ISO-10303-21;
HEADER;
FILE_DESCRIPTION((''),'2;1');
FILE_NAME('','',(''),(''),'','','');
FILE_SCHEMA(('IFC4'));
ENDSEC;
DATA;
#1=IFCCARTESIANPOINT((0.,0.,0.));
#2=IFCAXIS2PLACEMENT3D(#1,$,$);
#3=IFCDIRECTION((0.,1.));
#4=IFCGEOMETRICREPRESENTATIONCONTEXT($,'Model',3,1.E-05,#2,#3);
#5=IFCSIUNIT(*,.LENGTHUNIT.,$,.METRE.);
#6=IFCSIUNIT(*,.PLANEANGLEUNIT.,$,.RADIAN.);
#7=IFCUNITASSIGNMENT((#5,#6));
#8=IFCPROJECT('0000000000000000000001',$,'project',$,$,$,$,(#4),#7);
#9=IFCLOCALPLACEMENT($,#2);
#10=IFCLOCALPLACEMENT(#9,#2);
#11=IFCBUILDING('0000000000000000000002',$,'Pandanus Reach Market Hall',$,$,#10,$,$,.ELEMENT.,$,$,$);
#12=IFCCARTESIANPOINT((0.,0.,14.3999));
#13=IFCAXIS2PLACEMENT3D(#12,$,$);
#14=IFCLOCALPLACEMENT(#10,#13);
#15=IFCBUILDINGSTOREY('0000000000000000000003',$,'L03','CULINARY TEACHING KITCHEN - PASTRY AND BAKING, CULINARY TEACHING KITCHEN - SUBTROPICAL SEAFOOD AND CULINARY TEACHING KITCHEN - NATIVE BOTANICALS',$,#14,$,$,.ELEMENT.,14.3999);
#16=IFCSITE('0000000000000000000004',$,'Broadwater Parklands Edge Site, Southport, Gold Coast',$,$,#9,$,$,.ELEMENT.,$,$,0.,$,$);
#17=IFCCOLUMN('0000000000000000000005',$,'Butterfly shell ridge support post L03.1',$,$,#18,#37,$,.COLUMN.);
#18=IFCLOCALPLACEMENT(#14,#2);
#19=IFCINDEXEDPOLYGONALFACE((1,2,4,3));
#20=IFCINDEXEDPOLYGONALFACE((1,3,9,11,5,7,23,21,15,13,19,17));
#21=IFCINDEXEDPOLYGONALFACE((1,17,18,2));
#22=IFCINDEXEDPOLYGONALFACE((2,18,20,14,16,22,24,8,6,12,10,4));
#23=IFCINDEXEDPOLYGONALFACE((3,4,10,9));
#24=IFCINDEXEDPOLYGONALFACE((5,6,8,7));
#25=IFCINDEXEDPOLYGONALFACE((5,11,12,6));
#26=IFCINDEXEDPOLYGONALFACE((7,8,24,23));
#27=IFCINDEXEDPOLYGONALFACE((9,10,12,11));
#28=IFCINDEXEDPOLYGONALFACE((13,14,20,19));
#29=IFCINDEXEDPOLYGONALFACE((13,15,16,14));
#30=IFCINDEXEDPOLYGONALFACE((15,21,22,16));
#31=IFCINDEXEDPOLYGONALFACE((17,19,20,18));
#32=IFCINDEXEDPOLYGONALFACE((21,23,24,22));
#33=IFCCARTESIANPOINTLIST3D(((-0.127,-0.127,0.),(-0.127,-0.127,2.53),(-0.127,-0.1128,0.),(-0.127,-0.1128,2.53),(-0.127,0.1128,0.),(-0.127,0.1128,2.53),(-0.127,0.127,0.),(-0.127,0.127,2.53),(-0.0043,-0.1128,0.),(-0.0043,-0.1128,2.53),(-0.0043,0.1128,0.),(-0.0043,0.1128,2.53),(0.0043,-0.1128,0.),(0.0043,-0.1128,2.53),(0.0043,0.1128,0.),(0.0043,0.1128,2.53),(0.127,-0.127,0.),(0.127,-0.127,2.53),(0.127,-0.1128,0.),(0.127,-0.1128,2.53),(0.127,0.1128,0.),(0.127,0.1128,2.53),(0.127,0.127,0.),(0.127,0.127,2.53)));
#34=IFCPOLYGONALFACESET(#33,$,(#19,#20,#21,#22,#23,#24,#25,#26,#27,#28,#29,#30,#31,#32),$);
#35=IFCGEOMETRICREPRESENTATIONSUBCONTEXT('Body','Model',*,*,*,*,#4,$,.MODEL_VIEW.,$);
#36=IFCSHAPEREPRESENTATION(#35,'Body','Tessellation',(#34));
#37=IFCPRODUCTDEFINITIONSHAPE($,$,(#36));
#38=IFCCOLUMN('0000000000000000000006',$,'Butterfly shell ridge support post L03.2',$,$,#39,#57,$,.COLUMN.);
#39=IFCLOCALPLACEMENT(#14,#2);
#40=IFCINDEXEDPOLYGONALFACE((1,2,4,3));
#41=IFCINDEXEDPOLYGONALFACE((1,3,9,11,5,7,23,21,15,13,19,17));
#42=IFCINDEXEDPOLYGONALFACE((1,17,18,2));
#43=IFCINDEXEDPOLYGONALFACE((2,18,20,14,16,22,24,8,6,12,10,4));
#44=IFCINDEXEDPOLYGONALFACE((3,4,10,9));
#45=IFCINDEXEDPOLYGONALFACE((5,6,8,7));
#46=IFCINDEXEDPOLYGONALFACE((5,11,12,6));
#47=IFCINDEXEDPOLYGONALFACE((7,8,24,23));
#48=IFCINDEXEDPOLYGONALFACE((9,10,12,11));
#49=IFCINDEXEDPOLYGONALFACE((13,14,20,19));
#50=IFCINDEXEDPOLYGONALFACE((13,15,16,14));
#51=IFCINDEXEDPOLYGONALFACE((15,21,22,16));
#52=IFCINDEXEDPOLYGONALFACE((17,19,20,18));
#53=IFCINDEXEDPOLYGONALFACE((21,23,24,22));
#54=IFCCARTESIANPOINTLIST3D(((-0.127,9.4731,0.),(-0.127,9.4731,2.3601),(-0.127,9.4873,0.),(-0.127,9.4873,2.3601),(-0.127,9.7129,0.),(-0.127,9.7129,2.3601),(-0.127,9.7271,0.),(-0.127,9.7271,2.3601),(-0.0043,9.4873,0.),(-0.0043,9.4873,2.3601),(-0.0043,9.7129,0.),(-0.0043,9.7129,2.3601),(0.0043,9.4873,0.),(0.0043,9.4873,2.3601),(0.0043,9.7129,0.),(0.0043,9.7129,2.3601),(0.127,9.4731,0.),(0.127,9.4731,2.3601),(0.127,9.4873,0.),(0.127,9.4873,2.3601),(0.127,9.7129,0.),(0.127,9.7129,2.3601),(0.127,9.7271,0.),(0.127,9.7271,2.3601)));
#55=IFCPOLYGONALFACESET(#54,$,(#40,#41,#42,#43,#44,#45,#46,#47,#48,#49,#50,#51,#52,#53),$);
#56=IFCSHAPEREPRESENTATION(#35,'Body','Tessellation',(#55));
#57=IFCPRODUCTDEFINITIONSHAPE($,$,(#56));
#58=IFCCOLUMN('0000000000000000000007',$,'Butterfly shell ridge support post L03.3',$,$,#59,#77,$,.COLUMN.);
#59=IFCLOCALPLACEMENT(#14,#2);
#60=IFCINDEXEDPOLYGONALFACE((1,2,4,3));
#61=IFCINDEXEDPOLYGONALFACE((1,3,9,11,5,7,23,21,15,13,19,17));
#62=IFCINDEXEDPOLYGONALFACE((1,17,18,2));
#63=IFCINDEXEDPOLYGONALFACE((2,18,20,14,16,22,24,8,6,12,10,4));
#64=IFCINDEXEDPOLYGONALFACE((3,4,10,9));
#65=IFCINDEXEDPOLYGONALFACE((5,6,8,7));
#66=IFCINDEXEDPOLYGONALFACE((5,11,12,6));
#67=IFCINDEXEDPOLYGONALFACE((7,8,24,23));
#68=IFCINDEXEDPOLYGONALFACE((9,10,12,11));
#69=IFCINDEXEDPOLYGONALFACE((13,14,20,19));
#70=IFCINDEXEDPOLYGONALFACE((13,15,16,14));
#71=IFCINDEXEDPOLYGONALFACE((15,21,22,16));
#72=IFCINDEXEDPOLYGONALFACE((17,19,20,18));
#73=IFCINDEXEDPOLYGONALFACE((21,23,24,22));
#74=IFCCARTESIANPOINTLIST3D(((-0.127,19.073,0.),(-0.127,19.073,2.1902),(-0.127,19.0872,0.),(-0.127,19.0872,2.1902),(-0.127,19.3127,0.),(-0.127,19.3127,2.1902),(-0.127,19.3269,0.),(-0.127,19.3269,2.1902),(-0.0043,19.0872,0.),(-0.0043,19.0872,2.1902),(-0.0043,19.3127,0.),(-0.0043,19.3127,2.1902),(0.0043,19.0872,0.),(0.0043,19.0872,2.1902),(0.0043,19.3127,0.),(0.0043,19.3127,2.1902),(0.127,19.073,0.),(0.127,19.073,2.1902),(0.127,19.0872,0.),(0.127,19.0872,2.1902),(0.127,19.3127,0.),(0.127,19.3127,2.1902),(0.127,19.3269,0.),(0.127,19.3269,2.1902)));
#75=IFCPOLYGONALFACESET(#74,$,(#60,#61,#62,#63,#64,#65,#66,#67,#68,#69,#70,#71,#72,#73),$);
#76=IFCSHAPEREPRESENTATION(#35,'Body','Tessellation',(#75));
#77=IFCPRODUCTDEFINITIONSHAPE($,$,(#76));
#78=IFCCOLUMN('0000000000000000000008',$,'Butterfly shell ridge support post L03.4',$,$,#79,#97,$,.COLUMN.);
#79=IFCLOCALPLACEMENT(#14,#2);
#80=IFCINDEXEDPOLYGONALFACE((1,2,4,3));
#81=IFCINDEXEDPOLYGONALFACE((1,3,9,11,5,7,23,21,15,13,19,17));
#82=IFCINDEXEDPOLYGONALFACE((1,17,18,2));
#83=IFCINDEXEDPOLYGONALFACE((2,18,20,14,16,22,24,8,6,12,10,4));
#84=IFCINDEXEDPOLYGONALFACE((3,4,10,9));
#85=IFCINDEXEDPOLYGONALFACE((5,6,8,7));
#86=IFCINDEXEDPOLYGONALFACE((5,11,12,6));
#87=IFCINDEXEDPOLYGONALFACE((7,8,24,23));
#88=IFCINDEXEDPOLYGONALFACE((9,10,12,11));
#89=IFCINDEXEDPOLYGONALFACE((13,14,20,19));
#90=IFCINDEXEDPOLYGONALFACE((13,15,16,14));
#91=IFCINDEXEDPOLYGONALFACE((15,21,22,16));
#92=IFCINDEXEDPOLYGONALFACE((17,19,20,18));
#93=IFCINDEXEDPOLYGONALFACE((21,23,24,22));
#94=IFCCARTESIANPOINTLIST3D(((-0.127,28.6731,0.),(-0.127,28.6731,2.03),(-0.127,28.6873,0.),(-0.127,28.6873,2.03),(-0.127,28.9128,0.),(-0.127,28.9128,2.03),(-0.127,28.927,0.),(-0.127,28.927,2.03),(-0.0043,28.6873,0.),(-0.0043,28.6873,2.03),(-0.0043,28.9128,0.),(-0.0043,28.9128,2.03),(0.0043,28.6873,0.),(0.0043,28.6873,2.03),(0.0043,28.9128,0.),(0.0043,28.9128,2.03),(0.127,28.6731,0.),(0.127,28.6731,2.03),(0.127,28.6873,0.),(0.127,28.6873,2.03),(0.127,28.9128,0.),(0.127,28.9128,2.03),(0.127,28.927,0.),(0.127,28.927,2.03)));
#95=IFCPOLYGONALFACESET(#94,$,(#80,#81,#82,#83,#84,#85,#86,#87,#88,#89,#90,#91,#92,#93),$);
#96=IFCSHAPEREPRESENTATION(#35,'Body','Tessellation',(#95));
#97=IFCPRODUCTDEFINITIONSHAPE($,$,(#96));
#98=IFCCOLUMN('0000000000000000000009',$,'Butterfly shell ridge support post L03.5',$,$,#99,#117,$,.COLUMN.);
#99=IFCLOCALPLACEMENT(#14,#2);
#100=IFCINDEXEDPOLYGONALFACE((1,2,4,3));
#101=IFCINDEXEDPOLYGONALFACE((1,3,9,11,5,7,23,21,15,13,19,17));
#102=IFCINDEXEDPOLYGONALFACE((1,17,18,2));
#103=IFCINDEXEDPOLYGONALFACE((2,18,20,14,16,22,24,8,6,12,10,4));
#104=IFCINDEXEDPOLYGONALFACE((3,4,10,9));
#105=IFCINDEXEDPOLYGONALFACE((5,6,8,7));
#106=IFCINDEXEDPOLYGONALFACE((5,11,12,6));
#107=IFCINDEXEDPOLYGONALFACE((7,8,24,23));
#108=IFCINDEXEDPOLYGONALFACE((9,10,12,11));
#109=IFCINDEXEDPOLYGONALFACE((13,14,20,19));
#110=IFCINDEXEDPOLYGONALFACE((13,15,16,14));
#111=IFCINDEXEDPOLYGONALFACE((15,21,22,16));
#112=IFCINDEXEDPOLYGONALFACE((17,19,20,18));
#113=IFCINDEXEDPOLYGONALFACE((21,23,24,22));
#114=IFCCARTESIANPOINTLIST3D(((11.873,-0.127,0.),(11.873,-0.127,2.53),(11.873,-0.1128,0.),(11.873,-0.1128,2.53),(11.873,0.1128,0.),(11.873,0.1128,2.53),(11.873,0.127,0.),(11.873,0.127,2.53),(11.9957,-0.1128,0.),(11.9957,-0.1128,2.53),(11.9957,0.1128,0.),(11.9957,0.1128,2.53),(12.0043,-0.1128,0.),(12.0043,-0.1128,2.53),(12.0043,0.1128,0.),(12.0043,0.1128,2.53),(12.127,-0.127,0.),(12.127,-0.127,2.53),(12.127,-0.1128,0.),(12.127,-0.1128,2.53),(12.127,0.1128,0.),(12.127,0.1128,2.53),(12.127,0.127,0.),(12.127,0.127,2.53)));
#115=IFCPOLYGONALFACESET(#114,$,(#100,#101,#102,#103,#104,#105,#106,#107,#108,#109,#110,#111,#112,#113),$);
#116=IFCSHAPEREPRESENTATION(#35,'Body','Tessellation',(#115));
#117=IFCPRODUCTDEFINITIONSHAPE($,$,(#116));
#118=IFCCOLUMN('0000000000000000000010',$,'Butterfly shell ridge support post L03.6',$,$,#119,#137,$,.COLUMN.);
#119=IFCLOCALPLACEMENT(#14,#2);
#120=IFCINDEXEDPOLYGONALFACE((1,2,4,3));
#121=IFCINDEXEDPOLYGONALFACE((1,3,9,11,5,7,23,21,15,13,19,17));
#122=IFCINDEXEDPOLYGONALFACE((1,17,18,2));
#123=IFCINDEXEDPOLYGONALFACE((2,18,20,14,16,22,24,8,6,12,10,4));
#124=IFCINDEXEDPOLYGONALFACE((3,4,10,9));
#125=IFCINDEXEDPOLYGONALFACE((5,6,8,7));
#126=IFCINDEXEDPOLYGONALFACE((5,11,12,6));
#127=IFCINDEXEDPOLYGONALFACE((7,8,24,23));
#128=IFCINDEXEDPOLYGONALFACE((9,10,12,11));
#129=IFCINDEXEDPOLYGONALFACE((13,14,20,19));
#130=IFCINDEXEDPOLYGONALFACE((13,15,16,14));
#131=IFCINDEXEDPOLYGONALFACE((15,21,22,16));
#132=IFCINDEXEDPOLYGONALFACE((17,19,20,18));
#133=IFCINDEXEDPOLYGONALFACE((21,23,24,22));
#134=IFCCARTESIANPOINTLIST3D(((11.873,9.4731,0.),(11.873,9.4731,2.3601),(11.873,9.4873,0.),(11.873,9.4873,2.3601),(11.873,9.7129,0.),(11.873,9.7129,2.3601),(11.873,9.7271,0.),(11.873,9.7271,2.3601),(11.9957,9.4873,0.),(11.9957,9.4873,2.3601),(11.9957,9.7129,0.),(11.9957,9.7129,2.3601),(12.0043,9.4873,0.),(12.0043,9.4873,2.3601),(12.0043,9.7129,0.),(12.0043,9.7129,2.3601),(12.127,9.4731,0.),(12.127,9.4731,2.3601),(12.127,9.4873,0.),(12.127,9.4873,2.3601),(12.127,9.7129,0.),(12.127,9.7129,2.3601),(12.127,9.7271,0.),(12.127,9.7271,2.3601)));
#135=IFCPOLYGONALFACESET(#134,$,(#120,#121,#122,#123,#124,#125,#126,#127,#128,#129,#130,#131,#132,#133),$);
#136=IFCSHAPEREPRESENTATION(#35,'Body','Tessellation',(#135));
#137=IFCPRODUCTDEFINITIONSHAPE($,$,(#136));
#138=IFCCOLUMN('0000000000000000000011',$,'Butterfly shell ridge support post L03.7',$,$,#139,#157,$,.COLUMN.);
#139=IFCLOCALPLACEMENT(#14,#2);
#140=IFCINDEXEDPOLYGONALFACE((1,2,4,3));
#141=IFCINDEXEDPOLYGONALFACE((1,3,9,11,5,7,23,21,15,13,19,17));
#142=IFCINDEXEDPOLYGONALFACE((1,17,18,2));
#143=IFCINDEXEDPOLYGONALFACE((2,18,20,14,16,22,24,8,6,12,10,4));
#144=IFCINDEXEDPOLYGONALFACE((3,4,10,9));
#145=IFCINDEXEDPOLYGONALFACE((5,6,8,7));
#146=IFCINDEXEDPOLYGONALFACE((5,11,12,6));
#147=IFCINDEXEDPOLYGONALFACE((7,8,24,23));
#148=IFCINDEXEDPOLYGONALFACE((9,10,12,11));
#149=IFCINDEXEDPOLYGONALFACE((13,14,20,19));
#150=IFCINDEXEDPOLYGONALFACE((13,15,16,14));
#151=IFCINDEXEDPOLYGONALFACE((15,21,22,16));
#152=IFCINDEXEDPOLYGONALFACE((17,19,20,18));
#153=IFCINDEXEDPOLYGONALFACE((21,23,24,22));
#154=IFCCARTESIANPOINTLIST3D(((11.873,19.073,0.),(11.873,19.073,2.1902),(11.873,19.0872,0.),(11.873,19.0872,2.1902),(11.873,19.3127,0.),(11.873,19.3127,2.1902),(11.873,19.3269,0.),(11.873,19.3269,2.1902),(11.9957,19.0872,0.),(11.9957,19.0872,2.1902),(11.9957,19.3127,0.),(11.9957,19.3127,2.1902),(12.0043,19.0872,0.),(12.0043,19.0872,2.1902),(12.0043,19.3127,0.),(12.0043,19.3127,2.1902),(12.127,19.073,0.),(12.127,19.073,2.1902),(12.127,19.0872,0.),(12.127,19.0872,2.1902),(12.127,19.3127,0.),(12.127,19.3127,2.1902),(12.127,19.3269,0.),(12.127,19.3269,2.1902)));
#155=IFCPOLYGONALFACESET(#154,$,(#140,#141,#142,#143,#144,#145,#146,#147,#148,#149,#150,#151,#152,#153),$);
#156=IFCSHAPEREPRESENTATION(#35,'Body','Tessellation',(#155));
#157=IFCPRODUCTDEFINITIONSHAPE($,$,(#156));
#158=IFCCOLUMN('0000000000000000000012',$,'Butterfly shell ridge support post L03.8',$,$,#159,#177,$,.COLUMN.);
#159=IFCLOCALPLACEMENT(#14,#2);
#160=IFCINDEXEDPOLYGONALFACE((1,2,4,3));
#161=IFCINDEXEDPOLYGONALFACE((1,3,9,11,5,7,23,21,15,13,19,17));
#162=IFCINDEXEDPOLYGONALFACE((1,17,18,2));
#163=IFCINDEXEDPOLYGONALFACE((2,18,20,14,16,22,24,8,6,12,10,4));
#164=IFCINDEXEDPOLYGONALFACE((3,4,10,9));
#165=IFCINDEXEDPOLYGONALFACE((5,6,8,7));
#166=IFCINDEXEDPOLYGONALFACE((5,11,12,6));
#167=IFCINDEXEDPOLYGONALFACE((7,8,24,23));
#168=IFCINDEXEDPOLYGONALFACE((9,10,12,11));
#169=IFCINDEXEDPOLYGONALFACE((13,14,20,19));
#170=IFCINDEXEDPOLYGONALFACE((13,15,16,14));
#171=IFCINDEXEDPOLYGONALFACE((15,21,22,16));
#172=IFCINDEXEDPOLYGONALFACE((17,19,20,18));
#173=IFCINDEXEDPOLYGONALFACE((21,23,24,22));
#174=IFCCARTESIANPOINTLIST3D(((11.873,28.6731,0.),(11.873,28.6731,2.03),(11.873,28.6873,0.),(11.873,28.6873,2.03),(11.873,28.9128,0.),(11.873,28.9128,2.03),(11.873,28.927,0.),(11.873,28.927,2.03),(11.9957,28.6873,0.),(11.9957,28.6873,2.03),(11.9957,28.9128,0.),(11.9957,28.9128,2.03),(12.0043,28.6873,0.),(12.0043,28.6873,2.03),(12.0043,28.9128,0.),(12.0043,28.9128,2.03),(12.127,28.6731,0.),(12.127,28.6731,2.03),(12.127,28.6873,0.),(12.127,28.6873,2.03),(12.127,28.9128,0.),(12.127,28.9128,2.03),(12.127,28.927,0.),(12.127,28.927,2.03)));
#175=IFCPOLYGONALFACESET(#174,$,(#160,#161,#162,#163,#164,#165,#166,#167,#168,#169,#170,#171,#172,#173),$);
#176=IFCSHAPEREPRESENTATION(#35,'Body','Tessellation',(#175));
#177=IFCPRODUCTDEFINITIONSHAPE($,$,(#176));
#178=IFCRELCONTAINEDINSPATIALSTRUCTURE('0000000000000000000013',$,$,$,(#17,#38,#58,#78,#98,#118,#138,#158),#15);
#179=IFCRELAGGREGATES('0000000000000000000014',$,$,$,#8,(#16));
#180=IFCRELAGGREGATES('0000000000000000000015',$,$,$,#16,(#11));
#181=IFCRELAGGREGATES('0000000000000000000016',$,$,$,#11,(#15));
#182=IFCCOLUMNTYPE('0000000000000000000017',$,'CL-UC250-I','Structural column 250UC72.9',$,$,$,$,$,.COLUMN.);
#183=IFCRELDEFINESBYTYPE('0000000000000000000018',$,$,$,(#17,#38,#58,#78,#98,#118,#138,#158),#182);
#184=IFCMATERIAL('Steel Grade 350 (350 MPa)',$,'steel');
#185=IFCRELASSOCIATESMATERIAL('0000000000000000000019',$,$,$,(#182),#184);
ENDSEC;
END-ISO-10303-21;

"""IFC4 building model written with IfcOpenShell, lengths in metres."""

from ifc_helpers import new_model, si_unit, direction, frame, origin, origin_with_axes, origin_2d, place, context, subcontext, project, spatial, i_section, extrude, material, material_profile, profile_set, type_object, element, save


model = new_model("IFC4")

# Units and contexts
model_context = context("Model", 3, precision=1e-05, world=origin(), true_north=direction((0.0, 1.0)))
body_context = subcontext(model_context, "Body", "Model", "MODEL_VIEW")
ifc_project = project(units=[si_unit("LENGTHUNIT", "METRE"), si_unit("PLANEANGLEUNIT", "RADIAN")], contexts=[model_context])

# Site, building, storey
site_placement = place(None, origin())
site = spatial("IfcSite", under=ifc_project, at=site_placement, Name="Broadwater Parklands Edge Site, Southport, Gold Coast", CompositionType="ELEMENT", RefElevation=0.0)
building_placement = place(site_placement, origin())
building = spatial("IfcBuilding", under=site, at=building_placement, Name="Pandanus Reach Market Hall", CompositionType="ELEMENT")
storey_placement = place(building_placement, frame((0.0, 0.0, 14.3999)))
storey = spatial("IfcBuildingStorey", under=building, at=storey_placement, Name="L03", Description="CULINARY TEACHING KITCHEN - PASTRY AND BAKING, CULINARY TEACHING KITCHEN - SUBTROPICAL SEAFOOD AND CULINARY TEACHING KITCHEN - NATIVE BOTANICALS", CompositionType="ELEMENT", Elevation=14.3999)

# Columns
ifc_material_1 = material(Name="Steel Grade 350 (350 MPa)", Category="steel")
ifc_material_profile_1 = material_profile(ifc_material_1, i_section(OverallWidth=0.2539, OverallDepth=0.2539, WebThickness=0.0085, FlangeThickness=0.0142, at=origin_2d()), Name="250UC72.9", Category="LoadBearing")
ifc_profile_set_1 = profile_set([ifc_material_profile_1], Name="Steel Grade 350 (350 MPa)")
column_type = type_object("IfcColumnType", Name="CL-UC250-I", Description="Structural column 250UC72.9", PredefinedType="COLUMN", material=ifc_profile_set_1)
column_1_placement = place(storey_placement, origin_with_axes())
element("IfcColumn", 1, at=column_1_placement, inside=storey, type_object=column_type, Name="Butterfly shell ridge support post L03.1", PredefinedType="COLUMN", context=body_context, shape_type="SweptSolid", body=[
    extrude(i_section(OverallWidth=0.2539, OverallDepth=0.2539, WebThickness=0.0085, FlangeThickness=0.0142, at=origin_2d()), origin(), (0.0, 0.0, 1.0), 2.53),
])
column_2_placement = place(storey_placement, frame((0.0, 9.6001, 0.0), z_axis=(0.0, 0.0, 1.0), x_axis=(1.0, 0.0, 0.0)))
element("IfcColumn", 2, at=column_2_placement, inside=storey, type_object=column_type, Name="Butterfly shell ridge support post L03.2", PredefinedType="COLUMN", context=body_context, shape_type="SweptSolid", body=[
    extrude(i_section(OverallWidth=0.2539, OverallDepth=0.2539, WebThickness=0.0085, FlangeThickness=0.0142, at=origin_2d()), origin(), (0.0, 0.0, 1.0), 2.3601),
])
column_3_placement = place(storey_placement, frame((0.0, 19.2, 0.0), z_axis=(0.0, 0.0, 1.0), x_axis=(1.0, 0.0, 0.0)))
element("IfcColumn", 3, at=column_3_placement, inside=storey, type_object=column_type, Name="Butterfly shell ridge support post L03.3", PredefinedType="COLUMN", context=body_context, shape_type="SweptSolid", body=[
    extrude(i_section(OverallWidth=0.2539, OverallDepth=0.2539, WebThickness=0.0085, FlangeThickness=0.0142, at=origin_2d()), origin(), (0.0, 0.0, 1.0), 2.1902),
])
column_4_placement = place(storey_placement, frame((0.0, 28.8, 0.0), z_axis=(0.0, 0.0, 1.0), x_axis=(1.0, 0.0, 0.0)))
element("IfcColumn", 4, at=column_4_placement, inside=storey, type_object=column_type, Name="Butterfly shell ridge support post L03.4", PredefinedType="COLUMN", context=body_context, shape_type="SweptSolid", body=[
    extrude(i_section(OverallWidth=0.2539, OverallDepth=0.2539, WebThickness=0.0085, FlangeThickness=0.0142, at=origin_2d()), origin(), (0.0, 0.0, 1.0), 2.03),
])
column_5_placement = place(storey_placement, frame((12.0, 0.0, 0.0), z_axis=(0.0, 0.0, 1.0), x_axis=(1.0, 0.0, 0.0)))
element("IfcColumn", 5, at=column_5_placement, inside=storey, type_object=column_type, Name="Butterfly shell ridge support post L03.5", PredefinedType="COLUMN", context=body_context, shape_type="SweptSolid", body=[
    extrude(i_section(OverallWidth=0.2539, OverallDepth=0.2539, WebThickness=0.0085, FlangeThickness=0.0142, at=origin_2d()), origin(), (0.0, 0.0, 1.0), 2.53),
])
column_6_placement = place(storey_placement, frame((12.0, 9.6001, 0.0), z_axis=(0.0, 0.0, 1.0), x_axis=(1.0, 0.0, 0.0)))
element("IfcColumn", 6, at=column_6_placement, inside=storey, type_object=column_type, Name="Butterfly shell ridge support post L03.6", PredefinedType="COLUMN", context=body_context, shape_type="SweptSolid", body=[
    extrude(i_section(OverallWidth=0.2539, OverallDepth=0.2539, WebThickness=0.0085, FlangeThickness=0.0142, at=origin_2d()), origin(), (0.0, 0.0, 1.0), 2.3601),
])
column_7_placement = place(storey_placement, frame((12.0, 19.2, 0.0), z_axis=(0.0, 0.0, 1.0), x_axis=(1.0, 0.0, 0.0)))
element("IfcColumn", 7, at=column_7_placement, inside=storey, type_object=column_type, Name="Butterfly shell ridge support post L03.7", PredefinedType="COLUMN", context=body_context, shape_type="SweptSolid", body=[
    extrude(i_section(OverallWidth=0.2539, OverallDepth=0.2539, WebThickness=0.0085, FlangeThickness=0.0142, at=origin_2d()), origin(), (0.0, 0.0, 1.0), 2.1902),
])
column_8_placement = place(storey_placement, frame((12.0, 28.8, 0.0), z_axis=(0.0, 0.0, 1.0), x_axis=(1.0, 0.0, 0.0)))
element("IfcColumn", 8, at=column_8_placement, inside=storey, type_object=column_type, Name="Butterfly shell ridge support post L03.8", PredefinedType="COLUMN", context=body_context, shape_type="SweptSolid", body=[
    extrude(i_section(OverallWidth=0.2539, OverallDepth=0.2539, WebThickness=0.0085, FlangeThickness=0.0142, at=origin_2d()), origin(), (0.0, 0.0, 1.0), 2.03),
])

save(model, "model.ifc")
